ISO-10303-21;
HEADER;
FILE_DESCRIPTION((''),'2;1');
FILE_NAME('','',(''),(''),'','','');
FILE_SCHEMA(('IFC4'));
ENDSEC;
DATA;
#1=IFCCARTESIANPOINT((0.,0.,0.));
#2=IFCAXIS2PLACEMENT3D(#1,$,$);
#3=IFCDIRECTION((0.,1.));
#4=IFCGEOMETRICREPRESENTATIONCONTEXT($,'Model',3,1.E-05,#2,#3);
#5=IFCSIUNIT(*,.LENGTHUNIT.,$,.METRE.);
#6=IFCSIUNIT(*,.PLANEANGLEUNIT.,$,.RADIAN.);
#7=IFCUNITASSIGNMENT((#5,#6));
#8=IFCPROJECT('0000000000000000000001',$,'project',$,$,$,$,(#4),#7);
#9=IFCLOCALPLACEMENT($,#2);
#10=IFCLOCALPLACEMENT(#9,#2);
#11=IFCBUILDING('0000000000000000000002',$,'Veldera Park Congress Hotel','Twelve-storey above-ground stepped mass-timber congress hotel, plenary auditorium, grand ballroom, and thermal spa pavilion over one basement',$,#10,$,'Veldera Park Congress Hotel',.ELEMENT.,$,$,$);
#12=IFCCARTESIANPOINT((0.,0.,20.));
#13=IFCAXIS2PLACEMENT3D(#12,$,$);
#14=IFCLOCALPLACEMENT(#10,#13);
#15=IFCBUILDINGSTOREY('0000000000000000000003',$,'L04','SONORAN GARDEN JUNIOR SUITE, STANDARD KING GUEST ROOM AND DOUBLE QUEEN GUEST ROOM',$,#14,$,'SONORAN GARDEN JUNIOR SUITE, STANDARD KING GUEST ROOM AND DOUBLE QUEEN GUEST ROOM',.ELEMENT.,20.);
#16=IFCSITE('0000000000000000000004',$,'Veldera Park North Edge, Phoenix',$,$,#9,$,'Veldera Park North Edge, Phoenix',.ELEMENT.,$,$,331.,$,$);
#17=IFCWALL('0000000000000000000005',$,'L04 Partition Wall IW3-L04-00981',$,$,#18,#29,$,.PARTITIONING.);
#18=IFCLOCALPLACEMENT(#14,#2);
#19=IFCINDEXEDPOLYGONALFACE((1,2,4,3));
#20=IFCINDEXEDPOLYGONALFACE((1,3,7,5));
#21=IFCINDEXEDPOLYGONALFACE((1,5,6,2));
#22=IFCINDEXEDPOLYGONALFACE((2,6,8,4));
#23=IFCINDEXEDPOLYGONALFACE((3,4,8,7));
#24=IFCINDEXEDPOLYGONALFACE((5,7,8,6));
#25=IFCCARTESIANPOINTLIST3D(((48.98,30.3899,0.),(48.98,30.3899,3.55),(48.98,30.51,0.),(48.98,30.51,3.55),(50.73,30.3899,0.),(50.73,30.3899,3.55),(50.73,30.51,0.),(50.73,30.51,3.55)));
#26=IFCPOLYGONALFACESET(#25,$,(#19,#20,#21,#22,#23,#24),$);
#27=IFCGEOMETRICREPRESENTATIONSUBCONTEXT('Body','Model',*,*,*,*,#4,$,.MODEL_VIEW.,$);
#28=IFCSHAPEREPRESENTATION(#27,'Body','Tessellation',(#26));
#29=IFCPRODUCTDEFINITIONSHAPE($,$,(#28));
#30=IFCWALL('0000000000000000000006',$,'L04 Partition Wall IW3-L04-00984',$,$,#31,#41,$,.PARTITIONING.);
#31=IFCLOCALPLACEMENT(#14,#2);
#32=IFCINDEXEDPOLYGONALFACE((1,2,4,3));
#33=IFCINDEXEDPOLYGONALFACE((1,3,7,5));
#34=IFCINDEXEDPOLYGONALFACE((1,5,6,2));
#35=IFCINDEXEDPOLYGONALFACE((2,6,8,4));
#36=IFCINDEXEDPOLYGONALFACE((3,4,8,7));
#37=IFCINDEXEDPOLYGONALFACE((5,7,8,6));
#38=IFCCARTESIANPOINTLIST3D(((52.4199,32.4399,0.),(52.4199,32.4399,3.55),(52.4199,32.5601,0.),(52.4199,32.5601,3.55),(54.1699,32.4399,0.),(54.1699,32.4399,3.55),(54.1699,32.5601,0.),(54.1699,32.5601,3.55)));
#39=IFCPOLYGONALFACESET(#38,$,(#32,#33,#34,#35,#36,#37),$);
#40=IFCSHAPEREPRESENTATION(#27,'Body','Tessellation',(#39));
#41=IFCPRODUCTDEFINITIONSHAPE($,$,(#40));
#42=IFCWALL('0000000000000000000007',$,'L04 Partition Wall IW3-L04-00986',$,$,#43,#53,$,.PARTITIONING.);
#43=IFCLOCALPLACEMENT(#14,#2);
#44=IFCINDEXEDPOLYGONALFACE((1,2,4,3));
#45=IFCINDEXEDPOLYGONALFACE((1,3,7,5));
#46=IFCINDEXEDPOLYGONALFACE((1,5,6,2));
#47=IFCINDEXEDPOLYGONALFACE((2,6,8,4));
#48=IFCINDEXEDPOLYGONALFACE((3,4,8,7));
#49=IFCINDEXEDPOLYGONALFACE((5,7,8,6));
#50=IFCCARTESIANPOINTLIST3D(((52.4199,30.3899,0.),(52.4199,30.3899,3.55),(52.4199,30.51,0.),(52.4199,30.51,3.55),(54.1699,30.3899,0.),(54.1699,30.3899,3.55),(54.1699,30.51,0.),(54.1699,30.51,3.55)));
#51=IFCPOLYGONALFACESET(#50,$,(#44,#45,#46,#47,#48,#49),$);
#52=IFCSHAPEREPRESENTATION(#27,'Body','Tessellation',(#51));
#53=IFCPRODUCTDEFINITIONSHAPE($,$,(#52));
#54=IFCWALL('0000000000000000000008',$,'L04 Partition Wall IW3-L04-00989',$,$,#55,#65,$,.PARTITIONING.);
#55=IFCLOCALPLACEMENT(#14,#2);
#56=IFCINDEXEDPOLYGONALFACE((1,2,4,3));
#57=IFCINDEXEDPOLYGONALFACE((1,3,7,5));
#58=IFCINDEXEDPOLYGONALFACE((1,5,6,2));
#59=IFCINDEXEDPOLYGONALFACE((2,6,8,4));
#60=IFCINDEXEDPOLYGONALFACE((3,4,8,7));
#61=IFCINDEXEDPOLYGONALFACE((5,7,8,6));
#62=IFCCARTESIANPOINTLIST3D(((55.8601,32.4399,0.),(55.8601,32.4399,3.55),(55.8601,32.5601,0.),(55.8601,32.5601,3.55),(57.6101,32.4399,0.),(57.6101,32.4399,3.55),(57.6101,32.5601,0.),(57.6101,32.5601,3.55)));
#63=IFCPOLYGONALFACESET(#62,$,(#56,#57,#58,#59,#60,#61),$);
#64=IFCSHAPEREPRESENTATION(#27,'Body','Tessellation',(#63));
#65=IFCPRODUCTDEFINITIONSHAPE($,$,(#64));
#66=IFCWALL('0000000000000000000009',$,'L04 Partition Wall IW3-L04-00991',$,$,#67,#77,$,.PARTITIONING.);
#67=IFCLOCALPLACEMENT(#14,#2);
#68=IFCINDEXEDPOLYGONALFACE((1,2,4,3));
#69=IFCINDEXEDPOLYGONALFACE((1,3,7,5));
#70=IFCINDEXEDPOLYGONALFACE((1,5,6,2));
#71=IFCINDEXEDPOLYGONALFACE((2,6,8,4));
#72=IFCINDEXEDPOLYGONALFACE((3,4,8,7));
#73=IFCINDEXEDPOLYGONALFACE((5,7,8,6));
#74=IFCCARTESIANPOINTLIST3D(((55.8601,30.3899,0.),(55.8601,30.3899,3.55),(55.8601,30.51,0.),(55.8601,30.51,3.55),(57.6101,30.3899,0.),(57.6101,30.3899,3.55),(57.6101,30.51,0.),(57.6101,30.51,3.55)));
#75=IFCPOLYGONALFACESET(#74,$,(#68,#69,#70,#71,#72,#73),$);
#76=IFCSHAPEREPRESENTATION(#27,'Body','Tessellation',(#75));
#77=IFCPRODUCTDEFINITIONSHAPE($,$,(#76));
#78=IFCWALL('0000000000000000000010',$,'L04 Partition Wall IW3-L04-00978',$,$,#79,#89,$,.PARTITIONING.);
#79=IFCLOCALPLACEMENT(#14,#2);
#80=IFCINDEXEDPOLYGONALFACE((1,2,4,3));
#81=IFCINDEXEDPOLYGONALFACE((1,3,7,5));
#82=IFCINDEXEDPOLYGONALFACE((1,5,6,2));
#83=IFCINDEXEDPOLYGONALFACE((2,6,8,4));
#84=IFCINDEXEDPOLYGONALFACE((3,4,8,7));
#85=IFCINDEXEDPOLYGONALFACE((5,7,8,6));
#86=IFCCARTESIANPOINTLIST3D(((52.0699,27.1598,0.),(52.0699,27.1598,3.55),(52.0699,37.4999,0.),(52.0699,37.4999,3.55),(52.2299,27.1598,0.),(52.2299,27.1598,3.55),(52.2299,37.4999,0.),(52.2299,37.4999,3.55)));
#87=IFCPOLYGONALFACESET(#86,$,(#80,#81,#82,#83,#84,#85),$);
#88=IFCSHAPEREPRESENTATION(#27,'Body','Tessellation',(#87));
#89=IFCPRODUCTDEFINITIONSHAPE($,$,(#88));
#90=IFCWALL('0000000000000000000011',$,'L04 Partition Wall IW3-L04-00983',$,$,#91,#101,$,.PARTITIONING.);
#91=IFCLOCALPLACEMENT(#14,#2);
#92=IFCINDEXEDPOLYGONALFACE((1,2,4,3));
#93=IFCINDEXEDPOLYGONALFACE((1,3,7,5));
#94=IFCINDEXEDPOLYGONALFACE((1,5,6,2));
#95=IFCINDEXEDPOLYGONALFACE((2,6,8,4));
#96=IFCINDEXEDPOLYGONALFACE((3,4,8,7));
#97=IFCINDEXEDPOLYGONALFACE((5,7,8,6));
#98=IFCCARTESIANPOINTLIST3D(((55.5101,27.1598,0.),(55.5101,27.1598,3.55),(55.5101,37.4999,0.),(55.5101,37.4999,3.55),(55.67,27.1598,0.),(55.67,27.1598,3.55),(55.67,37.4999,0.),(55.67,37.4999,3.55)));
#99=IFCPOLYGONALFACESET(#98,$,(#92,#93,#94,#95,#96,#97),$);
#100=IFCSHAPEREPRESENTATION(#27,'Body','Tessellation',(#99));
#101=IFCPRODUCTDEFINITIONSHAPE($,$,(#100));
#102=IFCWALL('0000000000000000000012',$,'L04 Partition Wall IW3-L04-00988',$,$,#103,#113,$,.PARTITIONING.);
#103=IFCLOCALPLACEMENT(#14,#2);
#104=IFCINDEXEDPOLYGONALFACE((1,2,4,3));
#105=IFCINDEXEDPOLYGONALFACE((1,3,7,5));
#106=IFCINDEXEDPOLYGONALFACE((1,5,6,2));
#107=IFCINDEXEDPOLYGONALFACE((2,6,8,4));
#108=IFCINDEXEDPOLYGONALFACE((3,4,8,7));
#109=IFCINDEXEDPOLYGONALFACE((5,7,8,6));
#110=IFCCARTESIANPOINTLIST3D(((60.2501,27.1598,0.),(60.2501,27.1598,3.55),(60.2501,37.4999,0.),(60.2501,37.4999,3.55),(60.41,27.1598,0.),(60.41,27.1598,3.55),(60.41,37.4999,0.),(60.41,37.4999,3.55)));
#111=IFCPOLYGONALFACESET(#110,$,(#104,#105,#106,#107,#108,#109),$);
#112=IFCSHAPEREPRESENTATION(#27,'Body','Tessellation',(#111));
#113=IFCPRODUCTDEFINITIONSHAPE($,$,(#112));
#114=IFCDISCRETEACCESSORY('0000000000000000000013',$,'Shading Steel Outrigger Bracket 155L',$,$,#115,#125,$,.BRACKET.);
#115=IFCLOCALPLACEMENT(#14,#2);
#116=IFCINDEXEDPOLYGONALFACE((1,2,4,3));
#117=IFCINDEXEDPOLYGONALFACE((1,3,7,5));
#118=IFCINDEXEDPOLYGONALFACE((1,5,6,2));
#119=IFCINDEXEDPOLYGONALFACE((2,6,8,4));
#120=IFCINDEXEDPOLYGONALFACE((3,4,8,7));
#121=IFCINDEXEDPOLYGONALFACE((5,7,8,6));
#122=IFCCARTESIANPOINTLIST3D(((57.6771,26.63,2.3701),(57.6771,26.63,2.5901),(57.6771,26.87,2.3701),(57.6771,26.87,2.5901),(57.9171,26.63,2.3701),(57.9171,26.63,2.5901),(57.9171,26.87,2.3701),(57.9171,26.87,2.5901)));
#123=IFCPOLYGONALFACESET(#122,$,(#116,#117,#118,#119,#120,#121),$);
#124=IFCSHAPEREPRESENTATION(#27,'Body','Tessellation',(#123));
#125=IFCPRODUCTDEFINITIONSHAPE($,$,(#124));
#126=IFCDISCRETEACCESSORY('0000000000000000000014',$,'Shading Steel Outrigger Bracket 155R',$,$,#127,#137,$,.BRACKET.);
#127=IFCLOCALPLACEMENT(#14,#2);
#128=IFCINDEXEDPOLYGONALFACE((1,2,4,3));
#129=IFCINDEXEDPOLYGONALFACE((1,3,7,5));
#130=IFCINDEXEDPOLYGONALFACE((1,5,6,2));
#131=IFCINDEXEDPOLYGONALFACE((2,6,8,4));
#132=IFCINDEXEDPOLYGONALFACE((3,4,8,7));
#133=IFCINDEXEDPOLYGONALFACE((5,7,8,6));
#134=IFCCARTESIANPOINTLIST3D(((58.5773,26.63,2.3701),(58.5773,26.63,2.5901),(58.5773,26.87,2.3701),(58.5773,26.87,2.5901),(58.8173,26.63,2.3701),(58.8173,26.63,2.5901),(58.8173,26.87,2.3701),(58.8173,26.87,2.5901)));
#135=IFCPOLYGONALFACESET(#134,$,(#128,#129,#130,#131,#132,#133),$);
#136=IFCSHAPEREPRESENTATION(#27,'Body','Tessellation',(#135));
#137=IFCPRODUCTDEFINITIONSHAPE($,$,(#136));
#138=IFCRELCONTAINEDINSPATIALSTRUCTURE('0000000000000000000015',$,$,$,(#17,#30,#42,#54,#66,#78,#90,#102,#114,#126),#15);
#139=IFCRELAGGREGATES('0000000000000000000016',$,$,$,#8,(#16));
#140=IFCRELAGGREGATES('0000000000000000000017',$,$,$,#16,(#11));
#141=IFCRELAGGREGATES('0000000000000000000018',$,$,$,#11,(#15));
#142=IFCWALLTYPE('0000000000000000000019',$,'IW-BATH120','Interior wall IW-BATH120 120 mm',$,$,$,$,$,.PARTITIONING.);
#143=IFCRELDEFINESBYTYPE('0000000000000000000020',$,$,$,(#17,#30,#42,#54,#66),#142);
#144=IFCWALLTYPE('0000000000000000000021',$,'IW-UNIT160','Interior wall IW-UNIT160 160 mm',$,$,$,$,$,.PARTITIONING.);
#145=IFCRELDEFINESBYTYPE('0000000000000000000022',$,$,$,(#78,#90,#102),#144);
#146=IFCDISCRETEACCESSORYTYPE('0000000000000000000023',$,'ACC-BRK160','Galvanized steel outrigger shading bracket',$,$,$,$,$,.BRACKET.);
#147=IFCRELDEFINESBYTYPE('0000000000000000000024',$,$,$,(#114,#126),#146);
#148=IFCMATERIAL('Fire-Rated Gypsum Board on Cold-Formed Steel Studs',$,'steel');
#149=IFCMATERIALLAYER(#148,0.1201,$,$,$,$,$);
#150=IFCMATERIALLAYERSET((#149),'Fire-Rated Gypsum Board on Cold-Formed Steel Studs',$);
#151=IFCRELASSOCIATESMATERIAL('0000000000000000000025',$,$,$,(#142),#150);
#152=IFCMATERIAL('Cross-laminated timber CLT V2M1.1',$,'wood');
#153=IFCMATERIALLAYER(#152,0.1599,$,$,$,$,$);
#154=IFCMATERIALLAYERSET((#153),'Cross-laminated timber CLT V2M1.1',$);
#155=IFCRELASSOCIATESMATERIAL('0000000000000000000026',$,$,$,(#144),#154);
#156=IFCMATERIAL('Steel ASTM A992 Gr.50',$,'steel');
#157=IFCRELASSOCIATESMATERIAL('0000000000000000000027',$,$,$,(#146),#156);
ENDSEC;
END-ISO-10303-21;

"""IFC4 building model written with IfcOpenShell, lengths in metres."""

from ifc_helpers import new_model, si_unit, direction, frame, frame_2d, origin, origin_2d, place, context, subcontext, project, spatial, rectangle, extrude, material, layer, layer_set, type_object, element, save


model = new_model("IFC4")

# Units and contexts
model_context = context("Model", 3, precision=1e-05, world=origin(), true_north=direction((0.0, 1.0)))
body_context = subcontext(model_context, "Body", "Model", "MODEL_VIEW")
ifc_project = project(units=[si_unit("LENGTHUNIT", "METRE"), si_unit("PLANEANGLEUNIT", "RADIAN")], contexts=[model_context])

# Site, building, storey
site_placement = place(None, origin())
site = spatial("IfcSite", under=ifc_project, at=site_placement, Name="Veldera Park North Edge, Phoenix", LongName="Veldera Park North Edge, Phoenix", CompositionType="ELEMENT", RefElevation=331.0)
building_placement = place(site_placement, origin())
building = spatial("IfcBuilding", under=site, at=building_placement, Name="Veldera Park Congress Hotel", Description="Twelve-storey above-ground stepped mass-timber congress hotel, plenary auditorium, grand ballroom, and thermal spa pavilion over one basement", LongName="Veldera Park Congress Hotel", CompositionType="ELEMENT")
storey_placement = place(building_placement, frame((0.0, 0.0, 20.0)))
storey = spatial("IfcBuildingStorey", under=building, at=storey_placement, Name="L04", Description="SONORAN GARDEN JUNIOR SUITE, STANDARD KING GUEST ROOM AND DOUBLE QUEEN GUEST ROOM", LongName="SONORAN GARDEN JUNIOR SUITE, STANDARD KING GUEST ROOM AND DOUBLE QUEEN GUEST ROOM", CompositionType="ELEMENT", Elevation=20.0)

# Shared definitions
ifc_material_1 = material(Name="Cross-laminated timber CLT V2M1.1", Category="wood")

# Shared definitions
ifc_material_2 = material(Name="Fire-Rated Gypsum Board on Cold-Formed Steel Studs", Category="steel")
ifc_layer_1 = layer(ifc_material_2, 0.1201)
ifc_layer_set_1 = layer_set([ifc_layer_1], Name="Fire-Rated Gypsum Board on Cold-Formed Steel Studs")
wall_type_1 = type_object("IfcWallType", Name="IW-BATH120", Description="Interior wall IW-BATH120 120 mm", PredefinedType="PARTITIONING", material=ifc_layer_set_1)

# Walls
for number, where, z_axis, x_axis, name in (
    (1, (48.98, 30.45, 0.0), (0.0, 0.0, 1.0), (1.0, 0.0, 0.0), "L04 Partition Wall IW3-L04-00981"),
    (2, (52.4199, 32.5, 0.0), (0.0, 0.0, 1.0), (1.0, 0.0, 0.0), "L04 Partition Wall IW3-L04-00984"),
):
    element("IfcWall", number, at=place(storey_placement, frame(where, z_axis=z_axis, x_axis=x_axis)), inside=storey, type_object=wall_type_1, Name=name, PredefinedType="PARTITIONING", context=body_context, shape_type="SweptSolid", body=[
        extrude(rectangle(XDim=1.75, YDim=0.1201, at=frame_2d((0.875, 0.0))), origin(), (0.0, 0.0, 1.0), 3.55),
    ])

# Walls
for number, where, z_axis, x_axis, name in (
    (3, (52.4199, 30.45, 0.0), (0.0, 0.0, 1.0), (1.0, 0.0, 0.0), "L04 Partition Wall IW3-L04-00986"),
    (4, (55.8601, 32.5, 0.0), (0.0, 0.0, 1.0), (1.0, 0.0, 0.0), "L04 Partition Wall IW3-L04-00989"),
):
    element("IfcWall", number, at=place(storey_placement, frame(where, z_axis=z_axis, x_axis=x_axis)), inside=storey, type_object=wall_type_1, Name=name, PredefinedType="PARTITIONING", context=body_context, shape_type="SweptSolid", body=[
        extrude(rectangle(XDim=1.75, YDim=0.1201, at=frame_2d((0.875, 0.0))), origin(), (0.0, 0.0, 1.0), 3.55),
    ])

# Walls
wall_1_placement = place(storey_placement, frame((55.8601, 30.45, 0.0), z_axis=(0.0, 0.0, 1.0), x_axis=(1.0, 0.0, 0.0)))
element("IfcWall", 5, at=wall_1_placement, inside=storey, type_object=wall_type_1, Name="L04 Partition Wall IW3-L04-00991", PredefinedType="PARTITIONING", context=body_context, shape_type="SweptSolid", body=[
    extrude(rectangle(XDim=1.75, YDim=0.1201, at=frame_2d((0.875, 0.0))), origin(), (0.0, 0.0, 1.0), 3.55),
])
ifc_layer_2 = layer(ifc_material_1, 0.1599)
ifc_layer_set_2 = layer_set([ifc_layer_2], Name="Cross-laminated timber CLT V2M1.1")
wall_type_2 = type_object("IfcWallType", Name="IW-UNIT160", Description="Interior wall IW-UNIT160 160 mm", PredefinedType="PARTITIONING", material=ifc_layer_set_2)
for number, where, z_axis, x_axis, name in (
    (6, (52.1499, 27.1599, 0.0), (0.0, 0.0, 1.0), (0.0, 1.0, 0.0), "L04 Partition Wall IW3-L04-00978"),
    (7, (55.5901, 27.1599, 0.0), (0.0, 0.0, 1.0), (0.0, 1.0, 0.0), "L04 Partition Wall IW3-L04-00983"),
    (8, (60.3301, 27.1599, 0.0), (0.0, 0.0, 1.0), (0.0, 1.0, 0.0), "L04 Partition Wall IW3-L04-00988"),
):
    element("IfcWall", number, at=place(storey_placement, frame(where, z_axis=z_axis, x_axis=x_axis)), inside=storey, type_object=wall_type_2, Name=name, PredefinedType="PARTITIONING", context=body_context, shape_type="SweptSolid", body=[
        extrude(rectangle(XDim=10.3401, YDim=0.1599, at=frame_2d((5.1699, 0.0))), origin(), (0.0, 0.0, 1.0), 3.55),
    ])

# Discrete accessories
ifc_material_3 = material(Name="Steel ASTM A992 Gr.50", Category="steel")
discrete_accessory_type = type_object("IfcDiscreteAccessoryType", Name="ACC-BRK160", Description="Galvanized steel outrigger shading bracket", PredefinedType="BRACKET", material=ifc_material_3)
for number, where, z_axis, x_axis, name in (
    (9, (57.7971, 26.75, 2.3701), (0.0, 0.0, 1.0), (1.0, 0.0, 0.0), "Shading Steel Outrigger Bracket 155L"),
    (10, (58.6973, 26.75, 2.3701), (0.0, 0.0, 1.0), (1.0, 0.0, 0.0), "Shading Steel Outrigger Bracket 155R"),
):
    element("IfcDiscreteAccessory", number, at=place(storey_placement, frame(where, z_axis=z_axis, x_axis=x_axis)), inside=storey, type_object=discrete_accessory_type, Name=name, PredefinedType="BRACKET", context=body_context, shape_type="SweptSolid", body=[
        extrude(rectangle(XDim=0.24, YDim=0.24, at=origin_2d()), origin(), (0.0, 0.0, 1.0), 0.22),
    ])

save(model, "model.ifc")
